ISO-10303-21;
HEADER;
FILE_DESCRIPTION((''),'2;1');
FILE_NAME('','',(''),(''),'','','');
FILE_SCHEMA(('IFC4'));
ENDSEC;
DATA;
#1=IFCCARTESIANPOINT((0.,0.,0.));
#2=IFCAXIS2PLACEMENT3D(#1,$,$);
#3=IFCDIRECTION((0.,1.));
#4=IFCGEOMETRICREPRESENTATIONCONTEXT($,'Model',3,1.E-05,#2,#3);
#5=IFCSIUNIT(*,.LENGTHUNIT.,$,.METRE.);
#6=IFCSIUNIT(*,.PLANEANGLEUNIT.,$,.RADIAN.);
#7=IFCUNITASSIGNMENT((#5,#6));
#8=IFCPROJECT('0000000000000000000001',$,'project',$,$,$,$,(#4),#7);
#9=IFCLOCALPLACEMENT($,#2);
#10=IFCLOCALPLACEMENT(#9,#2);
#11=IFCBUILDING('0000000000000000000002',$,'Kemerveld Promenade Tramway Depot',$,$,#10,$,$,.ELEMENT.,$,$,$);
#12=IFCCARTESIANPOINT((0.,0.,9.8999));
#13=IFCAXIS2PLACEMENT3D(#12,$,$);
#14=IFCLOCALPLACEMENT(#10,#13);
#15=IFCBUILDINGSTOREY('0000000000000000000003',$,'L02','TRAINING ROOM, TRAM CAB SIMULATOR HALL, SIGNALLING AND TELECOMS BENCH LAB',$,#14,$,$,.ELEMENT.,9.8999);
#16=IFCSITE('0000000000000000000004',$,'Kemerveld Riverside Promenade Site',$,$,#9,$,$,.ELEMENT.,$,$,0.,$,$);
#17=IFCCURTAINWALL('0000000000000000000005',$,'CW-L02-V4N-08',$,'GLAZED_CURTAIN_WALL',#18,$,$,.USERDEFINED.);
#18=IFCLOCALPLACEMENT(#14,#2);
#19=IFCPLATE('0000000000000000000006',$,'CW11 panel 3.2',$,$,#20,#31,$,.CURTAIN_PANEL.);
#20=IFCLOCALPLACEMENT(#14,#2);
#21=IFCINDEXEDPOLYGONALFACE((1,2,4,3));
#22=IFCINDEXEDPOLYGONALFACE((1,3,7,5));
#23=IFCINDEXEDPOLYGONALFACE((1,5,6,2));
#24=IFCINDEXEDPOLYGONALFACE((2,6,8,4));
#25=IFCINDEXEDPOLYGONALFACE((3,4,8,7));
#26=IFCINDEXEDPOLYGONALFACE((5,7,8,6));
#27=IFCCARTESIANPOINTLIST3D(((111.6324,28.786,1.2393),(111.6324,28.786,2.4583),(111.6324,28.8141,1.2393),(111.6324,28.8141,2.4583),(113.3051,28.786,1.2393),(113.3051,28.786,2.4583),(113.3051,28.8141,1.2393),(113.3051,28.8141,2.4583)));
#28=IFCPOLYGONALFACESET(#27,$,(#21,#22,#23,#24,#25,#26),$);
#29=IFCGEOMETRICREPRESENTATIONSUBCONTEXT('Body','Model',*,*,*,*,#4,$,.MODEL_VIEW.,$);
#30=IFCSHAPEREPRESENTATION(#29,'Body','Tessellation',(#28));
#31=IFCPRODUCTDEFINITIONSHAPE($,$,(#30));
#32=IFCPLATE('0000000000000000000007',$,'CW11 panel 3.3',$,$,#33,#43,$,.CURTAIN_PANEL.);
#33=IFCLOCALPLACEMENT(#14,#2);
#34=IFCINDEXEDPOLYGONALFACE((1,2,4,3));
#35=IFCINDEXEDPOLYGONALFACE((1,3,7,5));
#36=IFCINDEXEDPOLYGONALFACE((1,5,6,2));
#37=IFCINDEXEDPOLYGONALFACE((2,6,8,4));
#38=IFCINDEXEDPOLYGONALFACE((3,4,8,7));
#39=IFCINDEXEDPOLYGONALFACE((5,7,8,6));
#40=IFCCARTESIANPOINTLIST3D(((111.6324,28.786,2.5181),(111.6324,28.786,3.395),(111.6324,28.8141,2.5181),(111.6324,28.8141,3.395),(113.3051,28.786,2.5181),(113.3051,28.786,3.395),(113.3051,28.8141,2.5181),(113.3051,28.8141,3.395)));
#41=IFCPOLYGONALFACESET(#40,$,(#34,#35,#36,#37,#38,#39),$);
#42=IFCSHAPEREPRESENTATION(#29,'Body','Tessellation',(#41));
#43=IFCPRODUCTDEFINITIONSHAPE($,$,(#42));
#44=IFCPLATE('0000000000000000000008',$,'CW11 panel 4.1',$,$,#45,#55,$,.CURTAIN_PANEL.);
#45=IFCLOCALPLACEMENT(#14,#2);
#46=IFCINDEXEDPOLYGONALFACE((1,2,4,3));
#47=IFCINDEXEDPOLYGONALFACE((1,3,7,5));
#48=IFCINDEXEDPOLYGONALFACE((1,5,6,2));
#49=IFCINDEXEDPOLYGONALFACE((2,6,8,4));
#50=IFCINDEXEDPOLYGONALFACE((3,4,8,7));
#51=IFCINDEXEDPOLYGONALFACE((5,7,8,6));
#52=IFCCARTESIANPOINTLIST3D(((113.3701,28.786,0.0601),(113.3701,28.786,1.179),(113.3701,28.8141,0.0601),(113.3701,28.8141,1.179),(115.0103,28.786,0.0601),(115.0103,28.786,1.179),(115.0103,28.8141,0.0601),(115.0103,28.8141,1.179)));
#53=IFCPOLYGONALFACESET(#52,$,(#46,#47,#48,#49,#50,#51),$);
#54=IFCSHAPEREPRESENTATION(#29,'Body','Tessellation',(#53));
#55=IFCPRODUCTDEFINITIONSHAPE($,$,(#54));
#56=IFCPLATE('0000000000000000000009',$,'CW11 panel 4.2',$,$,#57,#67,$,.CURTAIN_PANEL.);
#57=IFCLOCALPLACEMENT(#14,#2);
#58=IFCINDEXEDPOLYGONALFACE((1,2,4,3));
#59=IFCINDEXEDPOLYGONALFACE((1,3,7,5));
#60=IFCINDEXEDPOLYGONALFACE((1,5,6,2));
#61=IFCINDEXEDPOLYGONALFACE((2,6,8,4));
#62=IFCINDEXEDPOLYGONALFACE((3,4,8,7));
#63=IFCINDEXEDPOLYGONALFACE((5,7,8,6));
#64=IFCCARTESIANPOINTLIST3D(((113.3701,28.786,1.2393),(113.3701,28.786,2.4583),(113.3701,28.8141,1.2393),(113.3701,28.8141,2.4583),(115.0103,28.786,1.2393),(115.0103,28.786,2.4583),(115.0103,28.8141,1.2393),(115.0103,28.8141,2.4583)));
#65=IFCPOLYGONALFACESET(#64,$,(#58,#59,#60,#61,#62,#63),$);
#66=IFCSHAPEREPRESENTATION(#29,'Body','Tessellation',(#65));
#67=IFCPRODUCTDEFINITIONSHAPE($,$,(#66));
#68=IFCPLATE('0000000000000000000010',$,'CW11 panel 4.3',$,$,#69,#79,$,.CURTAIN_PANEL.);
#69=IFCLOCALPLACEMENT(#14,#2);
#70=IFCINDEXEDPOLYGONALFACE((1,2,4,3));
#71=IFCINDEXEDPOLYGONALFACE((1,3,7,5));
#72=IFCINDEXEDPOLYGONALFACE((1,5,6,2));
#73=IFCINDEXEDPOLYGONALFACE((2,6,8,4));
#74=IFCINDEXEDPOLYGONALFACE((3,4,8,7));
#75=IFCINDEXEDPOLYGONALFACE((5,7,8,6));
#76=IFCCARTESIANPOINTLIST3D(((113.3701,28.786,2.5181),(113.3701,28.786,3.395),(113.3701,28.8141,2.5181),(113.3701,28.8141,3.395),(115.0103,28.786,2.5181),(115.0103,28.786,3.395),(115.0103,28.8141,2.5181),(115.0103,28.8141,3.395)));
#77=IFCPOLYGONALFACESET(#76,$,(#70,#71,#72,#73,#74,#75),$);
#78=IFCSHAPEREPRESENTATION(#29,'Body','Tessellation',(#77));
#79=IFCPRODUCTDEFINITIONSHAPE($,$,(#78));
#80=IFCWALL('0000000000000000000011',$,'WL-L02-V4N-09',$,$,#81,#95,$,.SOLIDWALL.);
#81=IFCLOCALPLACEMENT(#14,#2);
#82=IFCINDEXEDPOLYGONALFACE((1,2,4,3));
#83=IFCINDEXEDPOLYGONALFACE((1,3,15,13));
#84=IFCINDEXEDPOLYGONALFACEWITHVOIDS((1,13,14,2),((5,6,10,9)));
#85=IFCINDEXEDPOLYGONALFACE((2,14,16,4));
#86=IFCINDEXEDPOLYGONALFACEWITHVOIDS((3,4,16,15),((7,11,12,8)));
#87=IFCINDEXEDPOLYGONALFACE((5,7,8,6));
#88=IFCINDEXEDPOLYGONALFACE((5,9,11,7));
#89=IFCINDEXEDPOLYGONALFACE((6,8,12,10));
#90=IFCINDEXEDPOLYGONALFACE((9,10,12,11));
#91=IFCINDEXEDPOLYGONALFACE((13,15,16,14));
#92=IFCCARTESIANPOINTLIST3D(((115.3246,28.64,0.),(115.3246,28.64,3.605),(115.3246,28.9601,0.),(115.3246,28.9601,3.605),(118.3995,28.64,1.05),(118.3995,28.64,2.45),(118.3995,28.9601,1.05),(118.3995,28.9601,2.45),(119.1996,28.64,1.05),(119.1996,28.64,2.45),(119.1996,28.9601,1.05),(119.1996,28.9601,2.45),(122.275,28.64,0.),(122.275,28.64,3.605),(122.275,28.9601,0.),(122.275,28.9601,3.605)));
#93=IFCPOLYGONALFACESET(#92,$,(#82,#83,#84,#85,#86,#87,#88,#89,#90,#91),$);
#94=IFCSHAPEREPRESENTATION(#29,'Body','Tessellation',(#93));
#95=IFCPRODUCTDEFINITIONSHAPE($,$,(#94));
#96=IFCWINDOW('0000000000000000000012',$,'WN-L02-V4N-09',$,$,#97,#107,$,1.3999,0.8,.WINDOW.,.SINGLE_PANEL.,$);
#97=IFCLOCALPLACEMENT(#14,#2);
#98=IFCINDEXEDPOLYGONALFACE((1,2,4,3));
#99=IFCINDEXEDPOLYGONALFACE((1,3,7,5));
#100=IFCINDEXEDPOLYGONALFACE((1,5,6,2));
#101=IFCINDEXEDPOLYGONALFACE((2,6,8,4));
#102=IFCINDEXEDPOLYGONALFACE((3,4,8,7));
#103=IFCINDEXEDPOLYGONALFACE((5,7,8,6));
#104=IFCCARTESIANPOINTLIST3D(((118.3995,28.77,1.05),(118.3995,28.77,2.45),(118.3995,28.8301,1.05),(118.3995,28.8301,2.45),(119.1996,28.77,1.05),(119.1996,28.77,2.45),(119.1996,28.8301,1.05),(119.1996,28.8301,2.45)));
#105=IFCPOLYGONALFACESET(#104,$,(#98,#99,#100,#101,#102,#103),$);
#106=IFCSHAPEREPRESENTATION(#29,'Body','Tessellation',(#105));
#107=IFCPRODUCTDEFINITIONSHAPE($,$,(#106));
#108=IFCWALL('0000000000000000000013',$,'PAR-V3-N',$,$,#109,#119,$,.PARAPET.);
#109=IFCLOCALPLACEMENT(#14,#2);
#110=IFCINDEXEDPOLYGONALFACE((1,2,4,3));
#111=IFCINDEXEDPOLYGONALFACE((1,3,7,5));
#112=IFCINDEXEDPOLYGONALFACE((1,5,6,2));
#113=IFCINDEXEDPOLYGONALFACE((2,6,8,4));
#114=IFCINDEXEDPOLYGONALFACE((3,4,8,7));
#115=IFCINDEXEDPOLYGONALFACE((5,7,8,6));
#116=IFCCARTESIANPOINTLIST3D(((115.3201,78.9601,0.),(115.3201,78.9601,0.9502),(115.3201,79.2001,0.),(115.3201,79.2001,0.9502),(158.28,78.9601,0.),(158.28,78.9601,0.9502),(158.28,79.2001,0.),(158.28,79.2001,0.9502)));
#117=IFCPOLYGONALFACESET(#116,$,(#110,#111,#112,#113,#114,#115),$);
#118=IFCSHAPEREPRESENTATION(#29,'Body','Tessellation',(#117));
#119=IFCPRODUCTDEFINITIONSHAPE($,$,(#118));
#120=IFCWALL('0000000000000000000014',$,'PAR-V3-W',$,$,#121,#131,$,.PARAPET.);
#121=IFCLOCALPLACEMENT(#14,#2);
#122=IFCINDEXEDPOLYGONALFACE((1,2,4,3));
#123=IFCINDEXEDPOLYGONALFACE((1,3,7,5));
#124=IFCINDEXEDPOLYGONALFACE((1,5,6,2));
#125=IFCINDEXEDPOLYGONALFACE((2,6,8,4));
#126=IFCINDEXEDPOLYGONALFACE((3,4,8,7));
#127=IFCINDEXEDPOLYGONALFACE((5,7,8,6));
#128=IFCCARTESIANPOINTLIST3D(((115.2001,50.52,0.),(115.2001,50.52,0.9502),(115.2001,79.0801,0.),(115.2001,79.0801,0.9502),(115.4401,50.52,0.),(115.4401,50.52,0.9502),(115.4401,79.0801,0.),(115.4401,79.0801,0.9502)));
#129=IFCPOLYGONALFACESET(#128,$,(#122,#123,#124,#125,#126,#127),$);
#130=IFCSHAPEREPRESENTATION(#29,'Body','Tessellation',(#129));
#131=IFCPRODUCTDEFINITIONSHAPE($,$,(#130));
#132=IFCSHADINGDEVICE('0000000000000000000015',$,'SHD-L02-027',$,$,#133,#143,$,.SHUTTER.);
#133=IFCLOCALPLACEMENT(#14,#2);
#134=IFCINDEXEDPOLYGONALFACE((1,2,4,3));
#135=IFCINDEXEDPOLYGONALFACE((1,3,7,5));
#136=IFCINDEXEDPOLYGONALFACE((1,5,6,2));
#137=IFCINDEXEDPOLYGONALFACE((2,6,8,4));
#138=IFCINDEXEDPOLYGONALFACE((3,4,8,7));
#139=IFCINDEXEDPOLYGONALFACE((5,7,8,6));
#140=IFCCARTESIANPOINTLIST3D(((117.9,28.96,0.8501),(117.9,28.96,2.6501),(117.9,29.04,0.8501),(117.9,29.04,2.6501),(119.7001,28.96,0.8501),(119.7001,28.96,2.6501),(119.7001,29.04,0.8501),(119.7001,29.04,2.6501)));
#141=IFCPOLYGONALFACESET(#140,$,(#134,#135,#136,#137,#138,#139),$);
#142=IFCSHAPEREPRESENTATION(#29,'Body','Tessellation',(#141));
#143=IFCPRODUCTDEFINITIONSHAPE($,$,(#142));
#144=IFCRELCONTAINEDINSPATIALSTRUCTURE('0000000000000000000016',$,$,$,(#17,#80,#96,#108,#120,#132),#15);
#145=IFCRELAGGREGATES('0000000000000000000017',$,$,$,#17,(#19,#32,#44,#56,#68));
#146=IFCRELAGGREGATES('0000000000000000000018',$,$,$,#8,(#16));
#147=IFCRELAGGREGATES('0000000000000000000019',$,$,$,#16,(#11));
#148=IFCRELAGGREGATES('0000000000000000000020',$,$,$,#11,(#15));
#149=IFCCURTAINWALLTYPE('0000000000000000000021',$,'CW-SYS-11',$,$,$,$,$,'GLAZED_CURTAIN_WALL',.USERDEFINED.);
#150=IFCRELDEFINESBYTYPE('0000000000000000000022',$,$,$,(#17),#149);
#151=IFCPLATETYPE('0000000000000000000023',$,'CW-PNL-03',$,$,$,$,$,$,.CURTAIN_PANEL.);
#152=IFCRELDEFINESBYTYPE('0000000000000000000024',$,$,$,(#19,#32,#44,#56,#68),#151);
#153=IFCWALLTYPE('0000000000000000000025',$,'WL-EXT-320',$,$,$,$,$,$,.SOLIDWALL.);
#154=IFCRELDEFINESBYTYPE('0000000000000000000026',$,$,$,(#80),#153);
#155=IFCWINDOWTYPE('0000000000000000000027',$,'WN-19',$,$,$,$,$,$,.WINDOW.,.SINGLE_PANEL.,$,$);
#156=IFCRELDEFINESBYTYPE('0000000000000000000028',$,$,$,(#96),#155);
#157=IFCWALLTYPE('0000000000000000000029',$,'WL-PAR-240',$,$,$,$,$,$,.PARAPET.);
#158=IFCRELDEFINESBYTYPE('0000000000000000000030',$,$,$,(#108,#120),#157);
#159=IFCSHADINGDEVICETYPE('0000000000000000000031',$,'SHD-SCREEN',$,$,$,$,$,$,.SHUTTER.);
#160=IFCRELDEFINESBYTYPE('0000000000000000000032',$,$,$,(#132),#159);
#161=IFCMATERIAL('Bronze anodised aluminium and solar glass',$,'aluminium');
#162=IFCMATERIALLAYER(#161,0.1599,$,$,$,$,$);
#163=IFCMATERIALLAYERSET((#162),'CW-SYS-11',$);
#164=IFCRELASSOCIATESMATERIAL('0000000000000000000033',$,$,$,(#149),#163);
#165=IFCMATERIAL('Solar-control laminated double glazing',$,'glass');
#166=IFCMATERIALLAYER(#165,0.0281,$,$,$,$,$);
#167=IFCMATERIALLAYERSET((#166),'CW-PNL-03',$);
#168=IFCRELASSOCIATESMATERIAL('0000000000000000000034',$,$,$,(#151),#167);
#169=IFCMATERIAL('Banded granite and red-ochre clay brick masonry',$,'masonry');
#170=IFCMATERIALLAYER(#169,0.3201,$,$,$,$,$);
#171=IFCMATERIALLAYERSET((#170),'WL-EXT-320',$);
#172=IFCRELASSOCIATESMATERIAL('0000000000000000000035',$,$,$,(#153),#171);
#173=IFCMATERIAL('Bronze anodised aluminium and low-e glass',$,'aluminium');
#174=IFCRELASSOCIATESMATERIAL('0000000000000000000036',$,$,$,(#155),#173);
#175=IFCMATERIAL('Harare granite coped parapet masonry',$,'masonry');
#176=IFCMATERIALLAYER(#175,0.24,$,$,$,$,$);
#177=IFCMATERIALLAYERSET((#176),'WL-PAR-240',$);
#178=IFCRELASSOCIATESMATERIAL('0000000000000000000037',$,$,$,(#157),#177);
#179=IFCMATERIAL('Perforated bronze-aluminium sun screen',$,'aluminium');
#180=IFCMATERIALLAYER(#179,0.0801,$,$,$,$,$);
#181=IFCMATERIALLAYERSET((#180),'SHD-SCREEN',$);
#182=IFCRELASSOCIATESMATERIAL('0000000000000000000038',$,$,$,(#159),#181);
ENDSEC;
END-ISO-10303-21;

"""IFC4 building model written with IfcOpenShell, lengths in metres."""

from ifc_helpers import new_model, si_unit, direction, frame, frame_2d, origin, origin_2d, place, context, subcontext, project, spatial, rectangle, extrude, material, layer, layer_set, type_object, element, fill, aggregate, save


model = new_model("IFC4")

# Units and contexts
model_context = context("Model", 3, precision=1e-05, world=origin(), true_north=direction((0.0, 1.0)))
body_context = subcontext(model_context, "Body", "Model", "MODEL_VIEW")
ifc_project = project(units=[si_unit("LENGTHUNIT", "METRE"), si_unit("PLANEANGLEUNIT", "RADIAN")], contexts=[model_context])

# Site, building, storey
site_placement = place(None, origin())
site = spatial("IfcSite", under=ifc_project, at=site_placement, Name="Kemerveld Riverside Promenade Site", CompositionType="ELEMENT", RefElevation=0.0)
building_placement = place(site_placement, origin())
building = spatial("IfcBuilding", under=site, at=building_placement, Name="Kemerveld Promenade Tramway Depot", CompositionType="ELEMENT")
storey_placement = place(building_placement, frame((0.0, 0.0, 9.8999)))
storey = spatial("IfcBuildingStorey", under=building, at=storey_placement, Name="L02", Description="TRAINING ROOM, TRAM CAB SIMULATOR HALL, SIGNALLING AND TELECOMS BENCH LAB", CompositionType="ELEMENT", Elevation=9.8999)

# Curtain wall, plates
ifc_material_1 = material(Name="Bronze anodised aluminium and solar glass", Category="aluminium")
ifc_layer_1 = layer(ifc_material_1, 0.1599)
ifc_layer_set_1 = layer_set([ifc_layer_1], Name="CW-SYS-11")
curtain_wall_type = type_object("IfcCurtainWallType", Name="CW-SYS-11", ElementType="GLAZED_CURTAIN_WALL", PredefinedType="USERDEFINED", material=ifc_layer_set_1)
curtain_wall_placement = place(storey_placement, origin())
curtain_wall = element("IfcCurtainWall", 1, at=curtain_wall_placement, inside=storey, type_object=curtain_wall_type, Name="CW-L02-V4N-08", ObjectType="GLAZED_CURTAIN_WALL", PredefinedType="USERDEFINED")
ifc_material_2 = material(Name="Solar-control laminated double glazing", Category="glass")
ifc_layer_2 = layer(ifc_material_2, 0.0281)
ifc_layer_set_2 = layer_set([ifc_layer_2], Name="CW-PNL-03")
plate_type = type_object("IfcPlateType", Name="CW-PNL-03", PredefinedType="CURTAIN_PANEL", material=ifc_layer_set_2)
plate_1_placement = place(storey_placement, frame((112.4688, 28.8, 1.2393), z_axis=(0.0, 0.0, 1.0), x_axis=(1.0, 0.0, 0.0)))
plate_1 = element("IfcPlate", 2, at=plate_1_placement, type_object=plate_type, Name="CW11 panel 3.2", PredefinedType="CURTAIN_PANEL", context=body_context, shape_type="SweptSolid", body=[
    extrude(rectangle(XDim=1.6726, YDim=0.0281, at=origin_2d()), origin(), (0.0, 0.0, 1.0), 1.219),
])
plate_2_placement = place(storey_placement, frame((112.4688, 28.8, 2.5181), z_axis=(0.0, 0.0, 1.0), x_axis=(1.0, 0.0, 0.0)))
plate_2 = element("IfcPlate", 3, at=plate_2_placement, type_object=plate_type, Name="CW11 panel 3.3", PredefinedType="CURTAIN_PANEL", context=body_context, shape_type="SweptSolid", body=[
    extrude(rectangle(XDim=1.6726, YDim=0.0281, at=origin_2d()), origin(), (0.0, 0.0, 1.0), 0.877),
])
plate_3_placement = place(storey_placement, frame((114.1902, 28.8, 0.0601), z_axis=(0.0, 0.0, 1.0), x_axis=(1.0, 0.0, 0.0)))
plate_3 = element("IfcPlate", 4, at=plate_3_placement, type_object=plate_type, Name="CW11 panel 4.1", PredefinedType="CURTAIN_PANEL", context=body_context, shape_type="SweptSolid", body=[
    extrude(rectangle(XDim=1.6401, YDim=0.0281, at=origin_2d()), origin(), (0.0, 0.0, 1.0), 1.1189),
])
plate_4_placement = place(storey_placement, frame((114.1902, 28.8, 1.2393), z_axis=(0.0, 0.0, 1.0), x_axis=(1.0, 0.0, 0.0)))
plate_4 = element("IfcPlate", 5, at=plate_4_placement, type_object=plate_type, Name="CW11 panel 4.2", PredefinedType="CURTAIN_PANEL", context=body_context, shape_type="SweptSolid", body=[
    extrude(rectangle(XDim=1.6401, YDim=0.0281, at=origin_2d()), origin(), (0.0, 0.0, 1.0), 1.219),
])
plate_5_placement = place(storey_placement, frame((114.1902, 28.8, 2.5181), z_axis=(0.0, 0.0, 1.0), x_axis=(1.0, 0.0, 0.0)))
plate_5 = element("IfcPlate", 6, at=plate_5_placement, type_object=plate_type, Name="CW11 panel 4.3", PredefinedType="CURTAIN_PANEL", context=body_context, shape_type="SweptSolid", body=[
    extrude(rectangle(XDim=1.6401, YDim=0.0281, at=origin_2d()), origin(), (0.0, 0.0, 1.0), 0.877),
])
aggregate(curtain_wall, [plate_1, plate_2, plate_3, plate_4, plate_5])

# Wall, opening, window
ifc_material_3 = material(Name="Banded granite and red-ochre clay brick masonry", Category="masonry")
ifc_layer_3 = layer(ifc_material_3, 0.3201)
ifc_layer_set_3 = layer_set([ifc_layer_3], Name="WL-EXT-320")
wall_type_1 = type_object("IfcWallType", Name="WL-EXT-320", PredefinedType="SOLIDWALL", material=ifc_layer_set_3)
wall_1_placement = place(storey_placement, frame((115.3247, 28.8, 0.0), z_axis=(0.0, 0.0, 1.0), x_axis=(1.0, 0.0, 0.0)))
wall_1 = element("IfcWall", 7, at=wall_1_placement, inside=storey, type_object=wall_type_1, Name="WL-L02-V4N-09", PredefinedType="SOLIDWALL", context=body_context, shape_type="SweptSolid", body=[
    extrude(rectangle(XDim=6.9504, YDim=0.3201, at=frame_2d((3.4751, 0.0))), origin(), (0.0, 0.0, 1.0), 3.605),
])
opening_placement = place(wall_1_placement, frame((3.075, 0.0, 1.05)))
opening = element("IfcOpeningElement", 8, at=opening_placement, cuts=wall_1, PredefinedType="OPENING", context=body_context, shape_type="SweptSolid", body=[
    extrude(rectangle(XDim=0.8, YDim=1.3999, at=frame_2d((0.3999, 0.7))), frame((0.0, 0.1699, 0.0), z_axis=(0.0, -1.0, 0.0), x_axis=(1.0, 0.0, 0.0)), (0.0, 0.0, 1.0), 0.3401),
])
ifc_material_4 = material(Name="Bronze anodised aluminium and low-e glass", Category="aluminium")
window_type = type_object("IfcWindowType", Name="WN-19", PartitioningType="SINGLE_PANEL", PredefinedType="WINDOW", material=ifc_material_4)
window_placement = place(opening_placement, origin())
window = element("IfcWindow", 9, at=window_placement, inside=storey, type_object=window_type, Name="WN-L02-V4N-09", OverallHeight=1.3999, OverallWidth=0.8, PartitioningType="SINGLE_PANEL", PredefinedType="WINDOW", context=body_context, shape_type="SweptSolid", body=[
    extrude(rectangle(XDim=0.8, YDim=1.3999, at=frame_2d((0.3999, 0.7))), frame((0.0, 0.03, 0.0), z_axis=(0.0, -1.0, 0.0), x_axis=(1.0, 0.0, 0.0)), (0.0, 0.0, 1.0), 0.0601),
])
fill(opening, window)

# Walls
ifc_material_5 = material(Name="Harare granite coped parapet masonry", Category="masonry")
ifc_layer_4 = layer(ifc_material_5, 0.24)
ifc_layer_set_4 = layer_set([ifc_layer_4], Name="WL-PAR-240")
wall_type_2 = type_object("IfcWallType", Name="WL-PAR-240", PredefinedType="PARAPET", material=ifc_layer_set_4)
wall_2_placement = place(storey_placement, frame((115.3201, 79.0801, 0.0), z_axis=(0.0, 0.0, 1.0), x_axis=(1.0, 0.0, 0.0)))
element("IfcWall", 10, at=wall_2_placement, inside=storey, type_object=wall_type_2, Name="PAR-V3-N", PredefinedType="PARAPET", context=body_context, shape_type="SweptSolid", body=[
    extrude(rectangle(XDim=42.96, YDim=0.24, at=frame_2d((21.48, 0.0))), origin(), (0.0, 0.0, 1.0), 0.9502),
])
wall_3_placement = place(storey_placement, frame((115.3201, 50.52, 0.0), z_axis=(0.0, 0.0, 1.0), x_axis=(0.0, 1.0, 0.0)))
element("IfcWall", 11, at=wall_3_placement, inside=storey, type_object=wall_type_2, Name="PAR-V3-W", PredefinedType="PARAPET", context=body_context, shape_type="SweptSolid", body=[
    extrude(rectangle(XDim=28.5601, YDim=0.24, at=frame_2d((14.28, 0.0))), origin(), (0.0, 0.0, 1.0), 0.9502),
])

# Shading device
ifc_material_6 = material(Name="Perforated bronze-aluminium sun screen", Category="aluminium")
ifc_layer_5 = layer(ifc_material_6, 0.0801)
ifc_layer_set_5 = layer_set([ifc_layer_5], Name="SHD-SCREEN")
shading_device_type = type_object("IfcShadingDeviceType", Name="SHD-SCREEN", PredefinedType="SHUTTER", material=ifc_layer_set_5)
shading_device_placement = place(storey_placement, frame((118.8, 29.0, 0.8501), z_axis=(0.0, 0.0, 1.0), x_axis=(1.0, 0.0, 0.0)))
element("IfcShadingDevice", 12, at=shading_device_placement, inside=storey, type_object=shading_device_type, Name="SHD-L02-027", PredefinedType="SHUTTER", context=body_context, shape_type="SweptSolid", body=[
    extrude(rectangle(XDim=1.8, YDim=0.0801, at=origin_2d()), origin(), (0.0, 0.0, 1.0), 1.8),
])

save(model, "model.ifc")
